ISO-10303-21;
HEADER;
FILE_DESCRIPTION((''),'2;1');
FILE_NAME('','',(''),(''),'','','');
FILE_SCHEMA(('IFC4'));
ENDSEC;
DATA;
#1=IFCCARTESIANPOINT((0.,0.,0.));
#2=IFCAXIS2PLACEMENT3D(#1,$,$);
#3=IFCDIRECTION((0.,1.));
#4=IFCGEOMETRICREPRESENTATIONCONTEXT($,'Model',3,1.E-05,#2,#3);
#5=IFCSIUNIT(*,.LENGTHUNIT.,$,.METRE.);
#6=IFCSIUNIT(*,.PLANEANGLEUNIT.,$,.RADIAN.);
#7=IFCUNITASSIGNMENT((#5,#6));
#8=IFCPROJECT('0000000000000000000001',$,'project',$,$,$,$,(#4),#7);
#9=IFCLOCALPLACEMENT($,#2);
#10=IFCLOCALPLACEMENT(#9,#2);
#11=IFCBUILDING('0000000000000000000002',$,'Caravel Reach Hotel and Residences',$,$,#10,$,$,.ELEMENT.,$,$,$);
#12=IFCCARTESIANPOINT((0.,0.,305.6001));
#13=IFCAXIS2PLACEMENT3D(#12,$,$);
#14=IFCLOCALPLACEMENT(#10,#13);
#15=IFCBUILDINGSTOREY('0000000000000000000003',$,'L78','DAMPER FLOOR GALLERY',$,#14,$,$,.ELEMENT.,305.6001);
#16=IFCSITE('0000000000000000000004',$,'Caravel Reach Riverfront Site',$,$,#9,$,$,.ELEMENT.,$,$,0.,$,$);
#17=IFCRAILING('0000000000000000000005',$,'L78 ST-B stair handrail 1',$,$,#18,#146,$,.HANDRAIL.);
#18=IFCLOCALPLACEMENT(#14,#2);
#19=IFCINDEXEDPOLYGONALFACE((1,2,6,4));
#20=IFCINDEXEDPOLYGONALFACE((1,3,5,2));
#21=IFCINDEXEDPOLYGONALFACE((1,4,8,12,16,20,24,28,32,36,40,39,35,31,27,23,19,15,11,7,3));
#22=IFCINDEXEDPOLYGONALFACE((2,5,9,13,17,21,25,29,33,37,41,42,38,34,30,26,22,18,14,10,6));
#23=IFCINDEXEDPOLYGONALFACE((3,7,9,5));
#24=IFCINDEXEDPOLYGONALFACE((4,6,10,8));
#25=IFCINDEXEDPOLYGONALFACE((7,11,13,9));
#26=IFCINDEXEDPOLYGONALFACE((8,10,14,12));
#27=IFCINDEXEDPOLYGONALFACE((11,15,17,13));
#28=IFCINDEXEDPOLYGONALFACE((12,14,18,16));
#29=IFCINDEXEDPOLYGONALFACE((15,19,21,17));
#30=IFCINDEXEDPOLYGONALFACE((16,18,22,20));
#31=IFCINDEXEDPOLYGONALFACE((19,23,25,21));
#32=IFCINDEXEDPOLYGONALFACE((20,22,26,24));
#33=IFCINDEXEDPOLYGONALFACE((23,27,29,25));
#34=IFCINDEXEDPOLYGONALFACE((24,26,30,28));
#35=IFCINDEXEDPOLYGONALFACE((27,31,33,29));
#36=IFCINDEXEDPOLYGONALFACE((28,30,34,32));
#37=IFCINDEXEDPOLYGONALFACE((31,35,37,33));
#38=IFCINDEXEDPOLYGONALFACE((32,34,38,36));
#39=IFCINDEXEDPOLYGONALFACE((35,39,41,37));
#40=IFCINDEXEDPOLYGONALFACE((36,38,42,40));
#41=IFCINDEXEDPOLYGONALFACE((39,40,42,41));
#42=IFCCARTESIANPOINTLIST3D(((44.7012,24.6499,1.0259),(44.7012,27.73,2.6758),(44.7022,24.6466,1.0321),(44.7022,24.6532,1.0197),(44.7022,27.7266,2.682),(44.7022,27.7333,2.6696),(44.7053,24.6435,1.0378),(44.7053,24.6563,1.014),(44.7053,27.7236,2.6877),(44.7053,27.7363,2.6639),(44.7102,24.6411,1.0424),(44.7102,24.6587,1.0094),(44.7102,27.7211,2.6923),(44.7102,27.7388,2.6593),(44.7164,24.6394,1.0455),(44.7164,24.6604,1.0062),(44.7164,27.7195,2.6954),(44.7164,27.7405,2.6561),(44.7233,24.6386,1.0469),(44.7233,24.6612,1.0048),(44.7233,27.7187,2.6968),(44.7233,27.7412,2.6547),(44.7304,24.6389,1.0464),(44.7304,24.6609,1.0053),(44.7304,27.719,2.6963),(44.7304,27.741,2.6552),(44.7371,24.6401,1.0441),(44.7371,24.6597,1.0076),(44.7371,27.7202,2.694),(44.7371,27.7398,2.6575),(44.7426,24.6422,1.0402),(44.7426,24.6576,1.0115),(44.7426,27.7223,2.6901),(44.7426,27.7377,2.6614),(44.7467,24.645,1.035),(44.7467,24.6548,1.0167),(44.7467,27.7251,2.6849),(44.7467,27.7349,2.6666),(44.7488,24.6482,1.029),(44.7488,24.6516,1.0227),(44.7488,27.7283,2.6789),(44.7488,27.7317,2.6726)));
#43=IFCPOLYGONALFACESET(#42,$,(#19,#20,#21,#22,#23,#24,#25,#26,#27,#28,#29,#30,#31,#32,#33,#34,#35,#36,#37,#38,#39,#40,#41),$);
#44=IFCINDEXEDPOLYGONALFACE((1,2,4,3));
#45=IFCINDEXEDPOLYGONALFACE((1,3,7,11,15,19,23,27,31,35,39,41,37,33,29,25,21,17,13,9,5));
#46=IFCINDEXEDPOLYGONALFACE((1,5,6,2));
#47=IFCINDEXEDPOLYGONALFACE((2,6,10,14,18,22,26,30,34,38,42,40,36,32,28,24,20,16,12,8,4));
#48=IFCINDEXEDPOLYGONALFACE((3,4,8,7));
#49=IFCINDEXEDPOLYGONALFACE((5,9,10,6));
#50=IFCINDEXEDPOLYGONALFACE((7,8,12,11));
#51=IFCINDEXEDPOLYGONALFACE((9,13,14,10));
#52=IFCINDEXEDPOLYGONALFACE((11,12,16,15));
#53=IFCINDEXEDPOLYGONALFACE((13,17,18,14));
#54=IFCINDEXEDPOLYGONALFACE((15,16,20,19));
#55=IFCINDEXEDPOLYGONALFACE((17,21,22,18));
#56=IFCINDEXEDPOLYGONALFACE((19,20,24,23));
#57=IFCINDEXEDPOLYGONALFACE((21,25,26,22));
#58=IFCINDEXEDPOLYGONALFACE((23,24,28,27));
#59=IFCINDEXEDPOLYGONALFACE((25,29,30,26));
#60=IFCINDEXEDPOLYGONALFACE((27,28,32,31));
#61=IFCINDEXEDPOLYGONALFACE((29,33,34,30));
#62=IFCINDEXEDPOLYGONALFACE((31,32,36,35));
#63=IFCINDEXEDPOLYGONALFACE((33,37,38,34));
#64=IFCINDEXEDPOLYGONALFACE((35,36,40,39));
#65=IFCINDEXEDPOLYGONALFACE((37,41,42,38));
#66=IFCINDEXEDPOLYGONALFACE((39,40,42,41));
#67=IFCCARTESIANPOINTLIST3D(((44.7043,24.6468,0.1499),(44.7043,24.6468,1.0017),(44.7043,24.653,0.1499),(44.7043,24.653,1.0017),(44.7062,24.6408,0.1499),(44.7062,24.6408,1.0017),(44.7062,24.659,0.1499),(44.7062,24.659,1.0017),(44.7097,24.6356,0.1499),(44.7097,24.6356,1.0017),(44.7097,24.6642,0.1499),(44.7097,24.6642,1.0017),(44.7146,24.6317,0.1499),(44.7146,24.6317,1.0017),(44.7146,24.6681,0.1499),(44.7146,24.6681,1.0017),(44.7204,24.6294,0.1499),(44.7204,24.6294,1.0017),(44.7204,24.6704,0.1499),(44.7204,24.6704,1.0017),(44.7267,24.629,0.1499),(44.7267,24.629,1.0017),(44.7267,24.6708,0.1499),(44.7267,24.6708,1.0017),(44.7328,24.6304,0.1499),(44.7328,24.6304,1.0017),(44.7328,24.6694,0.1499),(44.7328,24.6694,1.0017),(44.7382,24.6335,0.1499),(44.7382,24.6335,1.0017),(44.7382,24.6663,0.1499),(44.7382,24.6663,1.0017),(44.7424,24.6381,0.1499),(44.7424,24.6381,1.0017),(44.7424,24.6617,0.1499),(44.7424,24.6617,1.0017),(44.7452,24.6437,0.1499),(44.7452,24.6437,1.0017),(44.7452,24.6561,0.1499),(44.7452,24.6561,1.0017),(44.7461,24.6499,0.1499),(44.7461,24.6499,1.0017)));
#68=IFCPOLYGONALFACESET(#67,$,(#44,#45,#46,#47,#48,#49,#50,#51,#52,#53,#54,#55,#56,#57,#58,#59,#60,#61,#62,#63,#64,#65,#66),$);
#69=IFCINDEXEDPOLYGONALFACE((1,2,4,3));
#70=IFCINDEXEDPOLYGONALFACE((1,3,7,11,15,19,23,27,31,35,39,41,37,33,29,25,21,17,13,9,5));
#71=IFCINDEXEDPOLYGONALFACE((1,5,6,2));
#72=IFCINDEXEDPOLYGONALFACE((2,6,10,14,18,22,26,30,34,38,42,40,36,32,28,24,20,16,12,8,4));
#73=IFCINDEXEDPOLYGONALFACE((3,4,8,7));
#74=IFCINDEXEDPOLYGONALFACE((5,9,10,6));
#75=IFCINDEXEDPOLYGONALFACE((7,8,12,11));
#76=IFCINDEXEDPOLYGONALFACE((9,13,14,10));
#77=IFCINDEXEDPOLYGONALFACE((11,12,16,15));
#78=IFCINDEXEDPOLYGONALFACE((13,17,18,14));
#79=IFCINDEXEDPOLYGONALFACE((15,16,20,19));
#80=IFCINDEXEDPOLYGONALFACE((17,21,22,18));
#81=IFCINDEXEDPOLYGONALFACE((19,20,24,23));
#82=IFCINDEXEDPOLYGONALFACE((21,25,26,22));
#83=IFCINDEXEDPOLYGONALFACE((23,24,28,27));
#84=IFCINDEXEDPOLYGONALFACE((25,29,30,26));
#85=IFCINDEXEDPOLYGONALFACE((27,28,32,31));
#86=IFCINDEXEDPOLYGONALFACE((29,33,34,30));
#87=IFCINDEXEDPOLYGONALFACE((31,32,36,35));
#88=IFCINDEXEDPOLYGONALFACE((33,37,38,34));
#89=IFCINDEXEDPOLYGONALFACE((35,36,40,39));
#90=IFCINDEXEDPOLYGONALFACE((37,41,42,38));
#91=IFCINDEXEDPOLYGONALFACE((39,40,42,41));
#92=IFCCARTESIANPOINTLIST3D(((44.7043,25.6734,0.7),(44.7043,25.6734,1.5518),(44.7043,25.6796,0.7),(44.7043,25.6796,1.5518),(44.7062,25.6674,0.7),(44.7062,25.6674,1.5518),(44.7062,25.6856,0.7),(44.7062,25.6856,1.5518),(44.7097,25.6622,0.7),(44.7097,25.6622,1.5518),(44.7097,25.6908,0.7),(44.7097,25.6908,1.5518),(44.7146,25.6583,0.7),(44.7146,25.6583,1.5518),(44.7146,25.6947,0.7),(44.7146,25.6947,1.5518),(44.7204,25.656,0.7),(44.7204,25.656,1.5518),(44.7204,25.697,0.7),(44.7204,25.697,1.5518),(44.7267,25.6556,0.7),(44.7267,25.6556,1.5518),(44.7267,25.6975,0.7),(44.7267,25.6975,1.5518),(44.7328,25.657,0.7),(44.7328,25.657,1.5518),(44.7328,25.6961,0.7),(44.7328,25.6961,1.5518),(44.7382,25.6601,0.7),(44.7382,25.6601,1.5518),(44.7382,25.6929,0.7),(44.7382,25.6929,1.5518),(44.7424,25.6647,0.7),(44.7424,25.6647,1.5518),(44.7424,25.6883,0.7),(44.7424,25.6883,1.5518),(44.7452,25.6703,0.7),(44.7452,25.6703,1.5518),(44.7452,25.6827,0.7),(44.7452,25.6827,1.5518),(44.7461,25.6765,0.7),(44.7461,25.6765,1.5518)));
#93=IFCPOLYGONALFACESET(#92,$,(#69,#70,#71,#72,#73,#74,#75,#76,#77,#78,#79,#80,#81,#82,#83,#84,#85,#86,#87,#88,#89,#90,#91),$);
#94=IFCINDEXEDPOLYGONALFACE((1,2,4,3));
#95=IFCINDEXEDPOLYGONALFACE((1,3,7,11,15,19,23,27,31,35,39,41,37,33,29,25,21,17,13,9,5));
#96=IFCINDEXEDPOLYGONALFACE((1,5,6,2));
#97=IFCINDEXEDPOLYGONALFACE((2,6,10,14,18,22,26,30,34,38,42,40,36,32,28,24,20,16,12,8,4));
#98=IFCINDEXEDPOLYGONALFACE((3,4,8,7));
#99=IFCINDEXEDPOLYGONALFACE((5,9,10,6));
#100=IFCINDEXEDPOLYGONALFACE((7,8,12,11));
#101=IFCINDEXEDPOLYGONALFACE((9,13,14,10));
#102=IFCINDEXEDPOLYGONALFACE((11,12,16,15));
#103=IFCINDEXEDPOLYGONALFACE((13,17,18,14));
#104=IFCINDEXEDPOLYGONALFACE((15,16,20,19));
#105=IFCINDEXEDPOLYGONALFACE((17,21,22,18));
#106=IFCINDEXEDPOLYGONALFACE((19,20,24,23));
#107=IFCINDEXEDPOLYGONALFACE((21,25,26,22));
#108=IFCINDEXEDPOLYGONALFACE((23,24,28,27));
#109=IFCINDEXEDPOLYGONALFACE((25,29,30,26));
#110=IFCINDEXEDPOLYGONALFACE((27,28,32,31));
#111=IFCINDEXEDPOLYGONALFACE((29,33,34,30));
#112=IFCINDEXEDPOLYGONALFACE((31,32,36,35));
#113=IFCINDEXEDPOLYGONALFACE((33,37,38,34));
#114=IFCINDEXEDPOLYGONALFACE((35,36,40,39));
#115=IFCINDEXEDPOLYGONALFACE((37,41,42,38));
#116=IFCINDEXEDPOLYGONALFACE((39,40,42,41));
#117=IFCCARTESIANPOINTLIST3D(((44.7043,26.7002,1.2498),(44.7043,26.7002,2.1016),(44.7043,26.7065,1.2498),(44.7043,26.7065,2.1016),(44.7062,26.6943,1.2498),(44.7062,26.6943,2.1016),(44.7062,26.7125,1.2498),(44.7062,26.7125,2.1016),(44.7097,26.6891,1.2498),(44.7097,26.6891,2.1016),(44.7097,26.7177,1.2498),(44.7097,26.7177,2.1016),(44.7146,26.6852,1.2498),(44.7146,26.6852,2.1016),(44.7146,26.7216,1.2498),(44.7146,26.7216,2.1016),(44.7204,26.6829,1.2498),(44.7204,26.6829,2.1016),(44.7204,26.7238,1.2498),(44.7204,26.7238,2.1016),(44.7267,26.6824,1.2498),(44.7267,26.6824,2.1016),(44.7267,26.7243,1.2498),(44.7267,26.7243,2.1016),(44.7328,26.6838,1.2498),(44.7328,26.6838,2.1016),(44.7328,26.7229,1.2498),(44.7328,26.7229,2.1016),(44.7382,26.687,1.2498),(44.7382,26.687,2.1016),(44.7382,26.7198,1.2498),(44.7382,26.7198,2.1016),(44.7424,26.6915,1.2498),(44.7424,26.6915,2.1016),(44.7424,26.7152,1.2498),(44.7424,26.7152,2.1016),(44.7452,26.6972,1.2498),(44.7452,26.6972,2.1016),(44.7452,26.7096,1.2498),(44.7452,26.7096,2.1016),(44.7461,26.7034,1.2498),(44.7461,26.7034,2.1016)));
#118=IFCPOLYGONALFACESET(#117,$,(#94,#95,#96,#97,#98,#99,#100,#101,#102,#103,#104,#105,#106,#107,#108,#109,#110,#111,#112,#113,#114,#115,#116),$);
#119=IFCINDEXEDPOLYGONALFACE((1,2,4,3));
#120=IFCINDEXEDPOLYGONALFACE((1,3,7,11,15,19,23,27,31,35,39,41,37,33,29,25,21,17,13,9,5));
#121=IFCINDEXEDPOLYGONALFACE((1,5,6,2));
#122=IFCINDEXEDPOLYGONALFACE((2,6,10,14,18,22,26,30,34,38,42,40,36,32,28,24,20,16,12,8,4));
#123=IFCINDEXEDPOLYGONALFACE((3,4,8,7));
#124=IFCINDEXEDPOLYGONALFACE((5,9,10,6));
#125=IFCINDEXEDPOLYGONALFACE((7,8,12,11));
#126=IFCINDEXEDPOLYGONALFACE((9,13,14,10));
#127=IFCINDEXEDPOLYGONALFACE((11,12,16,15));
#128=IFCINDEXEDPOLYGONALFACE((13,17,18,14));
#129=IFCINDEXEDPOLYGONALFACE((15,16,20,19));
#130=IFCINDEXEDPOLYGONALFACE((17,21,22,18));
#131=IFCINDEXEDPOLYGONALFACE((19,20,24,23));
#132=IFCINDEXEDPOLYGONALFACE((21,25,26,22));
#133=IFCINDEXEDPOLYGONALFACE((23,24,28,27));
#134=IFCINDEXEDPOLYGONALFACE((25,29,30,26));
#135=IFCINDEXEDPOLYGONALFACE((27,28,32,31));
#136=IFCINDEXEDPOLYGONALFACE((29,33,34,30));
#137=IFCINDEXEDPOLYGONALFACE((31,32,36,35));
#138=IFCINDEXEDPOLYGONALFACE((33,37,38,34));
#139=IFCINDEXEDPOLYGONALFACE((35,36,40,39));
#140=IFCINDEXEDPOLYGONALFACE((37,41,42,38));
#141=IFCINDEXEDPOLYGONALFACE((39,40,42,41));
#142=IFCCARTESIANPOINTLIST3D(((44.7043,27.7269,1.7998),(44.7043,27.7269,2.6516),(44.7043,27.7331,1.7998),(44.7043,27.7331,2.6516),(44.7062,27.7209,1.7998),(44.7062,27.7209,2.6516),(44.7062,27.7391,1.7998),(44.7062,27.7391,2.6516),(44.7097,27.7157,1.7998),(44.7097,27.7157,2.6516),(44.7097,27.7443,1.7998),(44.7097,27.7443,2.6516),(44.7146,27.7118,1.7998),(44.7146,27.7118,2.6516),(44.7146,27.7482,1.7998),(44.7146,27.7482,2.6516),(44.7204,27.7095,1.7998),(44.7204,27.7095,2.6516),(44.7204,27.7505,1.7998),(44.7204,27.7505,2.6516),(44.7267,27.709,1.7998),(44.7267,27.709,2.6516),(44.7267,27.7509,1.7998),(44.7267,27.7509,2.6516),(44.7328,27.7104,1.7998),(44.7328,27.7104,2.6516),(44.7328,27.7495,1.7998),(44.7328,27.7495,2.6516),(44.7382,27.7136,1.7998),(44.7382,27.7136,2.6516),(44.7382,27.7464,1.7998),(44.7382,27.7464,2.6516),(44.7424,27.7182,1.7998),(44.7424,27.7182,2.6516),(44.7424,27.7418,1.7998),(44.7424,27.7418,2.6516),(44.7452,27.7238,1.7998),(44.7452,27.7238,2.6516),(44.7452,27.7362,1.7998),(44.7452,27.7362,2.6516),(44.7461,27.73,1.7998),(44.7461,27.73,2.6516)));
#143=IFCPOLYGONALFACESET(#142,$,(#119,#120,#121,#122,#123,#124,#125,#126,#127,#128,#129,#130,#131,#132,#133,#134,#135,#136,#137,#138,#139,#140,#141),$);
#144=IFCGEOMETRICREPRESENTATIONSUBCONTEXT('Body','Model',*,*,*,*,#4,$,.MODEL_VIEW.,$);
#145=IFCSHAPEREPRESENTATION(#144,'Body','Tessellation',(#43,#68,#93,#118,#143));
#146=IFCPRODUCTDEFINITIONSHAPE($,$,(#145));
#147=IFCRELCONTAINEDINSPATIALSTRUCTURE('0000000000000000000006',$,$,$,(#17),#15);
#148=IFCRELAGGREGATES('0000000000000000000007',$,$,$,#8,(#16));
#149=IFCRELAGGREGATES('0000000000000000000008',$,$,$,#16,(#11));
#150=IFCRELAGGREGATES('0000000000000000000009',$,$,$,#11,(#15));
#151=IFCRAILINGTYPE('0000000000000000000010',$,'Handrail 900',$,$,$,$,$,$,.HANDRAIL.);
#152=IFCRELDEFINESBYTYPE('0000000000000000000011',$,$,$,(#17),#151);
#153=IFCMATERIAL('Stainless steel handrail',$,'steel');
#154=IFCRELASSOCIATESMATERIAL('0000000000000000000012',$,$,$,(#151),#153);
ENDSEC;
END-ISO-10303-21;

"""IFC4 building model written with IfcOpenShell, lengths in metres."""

from ifc_helpers import new_model, si_unit, direction, frame, origin, origin_2d, place, context, subcontext, project, spatial, circle, extrude, material, type_object, element, save


model = new_model("IFC4")

# Units and contexts
model_context = context("Model", 3, precision=1e-05, world=origin(), true_north=direction((0.0, 1.0)))
body_context = subcontext(model_context, "Body", "Model", "MODEL_VIEW")
ifc_project = project(units=[si_unit("LENGTHUNIT", "METRE"), si_unit("PLANEANGLEUNIT", "RADIAN")], contexts=[model_context])

# Site, building, storey
site_placement = place(None, origin())
site = spatial("IfcSite", under=ifc_project, at=site_placement, Name="Caravel Reach Riverfront Site", CompositionType="ELEMENT", RefElevation=0.0)
building_placement = place(site_placement, origin())
building = spatial("IfcBuilding", under=site, at=building_placement, Name="Caravel Reach Hotel and Residences", CompositionType="ELEMENT")
storey_placement = place(building_placement, frame((0.0, 0.0, 305.6001)))
storey = spatial("IfcBuildingStorey", under=building, at=storey_placement, Name="L78", Description="DAMPER FLOOR GALLERY", CompositionType="ELEMENT", Elevation=305.6001)

# Railing
ifc_material_1 = material(Name="Stainless steel handrail", Category="steel")
railing_type_1 = type_object("IfcRailingType", Name="Handrail 900", PredefinedType="HANDRAIL", material=ifc_material_1)
for number, where, name in (
    (1, (44.7251, 24.6499, 0.1499), "L78 ST-B stair handrail 1"),
):
    element("IfcRailing", number, at=place(storey_placement, frame(where)), inside=storey, type_object=railing_type_1, Name=name, PredefinedType="HANDRAIL", context=body_context, shape_type="SweptSolid", body=[
        extrude(circle(Radius=0.0239, at=origin_2d()), frame((0.0, 0.0, 0.876), z_axis=(0.0, 0.881497, 0.47219), x_axis=(-1.0, 0.0, 0.0)), (0.0, 0.0, 1.0), 3.4941),
        extrude(circle(Radius=0.021, at=origin_2d()), origin(), (0.0, 0.0, 1.0), 0.8518),
        extrude(circle(Radius=0.021, at=origin_2d()), frame((0.0, 1.0266, 0.55)), (0.0, 0.0, 1.0), 0.8518),
        extrude(circle(Radius=0.021, at=origin_2d()), frame((0.0, 2.0535, 1.0999)), (0.0, 0.0, 1.0), 0.8518),
        extrude(circle(Radius=0.021, at=origin_2d()), frame((0.0, 3.0801, 1.6499)), (0.0, 0.0, 1.0), 0.8518),
    ])

save(model, "model.ifc")
